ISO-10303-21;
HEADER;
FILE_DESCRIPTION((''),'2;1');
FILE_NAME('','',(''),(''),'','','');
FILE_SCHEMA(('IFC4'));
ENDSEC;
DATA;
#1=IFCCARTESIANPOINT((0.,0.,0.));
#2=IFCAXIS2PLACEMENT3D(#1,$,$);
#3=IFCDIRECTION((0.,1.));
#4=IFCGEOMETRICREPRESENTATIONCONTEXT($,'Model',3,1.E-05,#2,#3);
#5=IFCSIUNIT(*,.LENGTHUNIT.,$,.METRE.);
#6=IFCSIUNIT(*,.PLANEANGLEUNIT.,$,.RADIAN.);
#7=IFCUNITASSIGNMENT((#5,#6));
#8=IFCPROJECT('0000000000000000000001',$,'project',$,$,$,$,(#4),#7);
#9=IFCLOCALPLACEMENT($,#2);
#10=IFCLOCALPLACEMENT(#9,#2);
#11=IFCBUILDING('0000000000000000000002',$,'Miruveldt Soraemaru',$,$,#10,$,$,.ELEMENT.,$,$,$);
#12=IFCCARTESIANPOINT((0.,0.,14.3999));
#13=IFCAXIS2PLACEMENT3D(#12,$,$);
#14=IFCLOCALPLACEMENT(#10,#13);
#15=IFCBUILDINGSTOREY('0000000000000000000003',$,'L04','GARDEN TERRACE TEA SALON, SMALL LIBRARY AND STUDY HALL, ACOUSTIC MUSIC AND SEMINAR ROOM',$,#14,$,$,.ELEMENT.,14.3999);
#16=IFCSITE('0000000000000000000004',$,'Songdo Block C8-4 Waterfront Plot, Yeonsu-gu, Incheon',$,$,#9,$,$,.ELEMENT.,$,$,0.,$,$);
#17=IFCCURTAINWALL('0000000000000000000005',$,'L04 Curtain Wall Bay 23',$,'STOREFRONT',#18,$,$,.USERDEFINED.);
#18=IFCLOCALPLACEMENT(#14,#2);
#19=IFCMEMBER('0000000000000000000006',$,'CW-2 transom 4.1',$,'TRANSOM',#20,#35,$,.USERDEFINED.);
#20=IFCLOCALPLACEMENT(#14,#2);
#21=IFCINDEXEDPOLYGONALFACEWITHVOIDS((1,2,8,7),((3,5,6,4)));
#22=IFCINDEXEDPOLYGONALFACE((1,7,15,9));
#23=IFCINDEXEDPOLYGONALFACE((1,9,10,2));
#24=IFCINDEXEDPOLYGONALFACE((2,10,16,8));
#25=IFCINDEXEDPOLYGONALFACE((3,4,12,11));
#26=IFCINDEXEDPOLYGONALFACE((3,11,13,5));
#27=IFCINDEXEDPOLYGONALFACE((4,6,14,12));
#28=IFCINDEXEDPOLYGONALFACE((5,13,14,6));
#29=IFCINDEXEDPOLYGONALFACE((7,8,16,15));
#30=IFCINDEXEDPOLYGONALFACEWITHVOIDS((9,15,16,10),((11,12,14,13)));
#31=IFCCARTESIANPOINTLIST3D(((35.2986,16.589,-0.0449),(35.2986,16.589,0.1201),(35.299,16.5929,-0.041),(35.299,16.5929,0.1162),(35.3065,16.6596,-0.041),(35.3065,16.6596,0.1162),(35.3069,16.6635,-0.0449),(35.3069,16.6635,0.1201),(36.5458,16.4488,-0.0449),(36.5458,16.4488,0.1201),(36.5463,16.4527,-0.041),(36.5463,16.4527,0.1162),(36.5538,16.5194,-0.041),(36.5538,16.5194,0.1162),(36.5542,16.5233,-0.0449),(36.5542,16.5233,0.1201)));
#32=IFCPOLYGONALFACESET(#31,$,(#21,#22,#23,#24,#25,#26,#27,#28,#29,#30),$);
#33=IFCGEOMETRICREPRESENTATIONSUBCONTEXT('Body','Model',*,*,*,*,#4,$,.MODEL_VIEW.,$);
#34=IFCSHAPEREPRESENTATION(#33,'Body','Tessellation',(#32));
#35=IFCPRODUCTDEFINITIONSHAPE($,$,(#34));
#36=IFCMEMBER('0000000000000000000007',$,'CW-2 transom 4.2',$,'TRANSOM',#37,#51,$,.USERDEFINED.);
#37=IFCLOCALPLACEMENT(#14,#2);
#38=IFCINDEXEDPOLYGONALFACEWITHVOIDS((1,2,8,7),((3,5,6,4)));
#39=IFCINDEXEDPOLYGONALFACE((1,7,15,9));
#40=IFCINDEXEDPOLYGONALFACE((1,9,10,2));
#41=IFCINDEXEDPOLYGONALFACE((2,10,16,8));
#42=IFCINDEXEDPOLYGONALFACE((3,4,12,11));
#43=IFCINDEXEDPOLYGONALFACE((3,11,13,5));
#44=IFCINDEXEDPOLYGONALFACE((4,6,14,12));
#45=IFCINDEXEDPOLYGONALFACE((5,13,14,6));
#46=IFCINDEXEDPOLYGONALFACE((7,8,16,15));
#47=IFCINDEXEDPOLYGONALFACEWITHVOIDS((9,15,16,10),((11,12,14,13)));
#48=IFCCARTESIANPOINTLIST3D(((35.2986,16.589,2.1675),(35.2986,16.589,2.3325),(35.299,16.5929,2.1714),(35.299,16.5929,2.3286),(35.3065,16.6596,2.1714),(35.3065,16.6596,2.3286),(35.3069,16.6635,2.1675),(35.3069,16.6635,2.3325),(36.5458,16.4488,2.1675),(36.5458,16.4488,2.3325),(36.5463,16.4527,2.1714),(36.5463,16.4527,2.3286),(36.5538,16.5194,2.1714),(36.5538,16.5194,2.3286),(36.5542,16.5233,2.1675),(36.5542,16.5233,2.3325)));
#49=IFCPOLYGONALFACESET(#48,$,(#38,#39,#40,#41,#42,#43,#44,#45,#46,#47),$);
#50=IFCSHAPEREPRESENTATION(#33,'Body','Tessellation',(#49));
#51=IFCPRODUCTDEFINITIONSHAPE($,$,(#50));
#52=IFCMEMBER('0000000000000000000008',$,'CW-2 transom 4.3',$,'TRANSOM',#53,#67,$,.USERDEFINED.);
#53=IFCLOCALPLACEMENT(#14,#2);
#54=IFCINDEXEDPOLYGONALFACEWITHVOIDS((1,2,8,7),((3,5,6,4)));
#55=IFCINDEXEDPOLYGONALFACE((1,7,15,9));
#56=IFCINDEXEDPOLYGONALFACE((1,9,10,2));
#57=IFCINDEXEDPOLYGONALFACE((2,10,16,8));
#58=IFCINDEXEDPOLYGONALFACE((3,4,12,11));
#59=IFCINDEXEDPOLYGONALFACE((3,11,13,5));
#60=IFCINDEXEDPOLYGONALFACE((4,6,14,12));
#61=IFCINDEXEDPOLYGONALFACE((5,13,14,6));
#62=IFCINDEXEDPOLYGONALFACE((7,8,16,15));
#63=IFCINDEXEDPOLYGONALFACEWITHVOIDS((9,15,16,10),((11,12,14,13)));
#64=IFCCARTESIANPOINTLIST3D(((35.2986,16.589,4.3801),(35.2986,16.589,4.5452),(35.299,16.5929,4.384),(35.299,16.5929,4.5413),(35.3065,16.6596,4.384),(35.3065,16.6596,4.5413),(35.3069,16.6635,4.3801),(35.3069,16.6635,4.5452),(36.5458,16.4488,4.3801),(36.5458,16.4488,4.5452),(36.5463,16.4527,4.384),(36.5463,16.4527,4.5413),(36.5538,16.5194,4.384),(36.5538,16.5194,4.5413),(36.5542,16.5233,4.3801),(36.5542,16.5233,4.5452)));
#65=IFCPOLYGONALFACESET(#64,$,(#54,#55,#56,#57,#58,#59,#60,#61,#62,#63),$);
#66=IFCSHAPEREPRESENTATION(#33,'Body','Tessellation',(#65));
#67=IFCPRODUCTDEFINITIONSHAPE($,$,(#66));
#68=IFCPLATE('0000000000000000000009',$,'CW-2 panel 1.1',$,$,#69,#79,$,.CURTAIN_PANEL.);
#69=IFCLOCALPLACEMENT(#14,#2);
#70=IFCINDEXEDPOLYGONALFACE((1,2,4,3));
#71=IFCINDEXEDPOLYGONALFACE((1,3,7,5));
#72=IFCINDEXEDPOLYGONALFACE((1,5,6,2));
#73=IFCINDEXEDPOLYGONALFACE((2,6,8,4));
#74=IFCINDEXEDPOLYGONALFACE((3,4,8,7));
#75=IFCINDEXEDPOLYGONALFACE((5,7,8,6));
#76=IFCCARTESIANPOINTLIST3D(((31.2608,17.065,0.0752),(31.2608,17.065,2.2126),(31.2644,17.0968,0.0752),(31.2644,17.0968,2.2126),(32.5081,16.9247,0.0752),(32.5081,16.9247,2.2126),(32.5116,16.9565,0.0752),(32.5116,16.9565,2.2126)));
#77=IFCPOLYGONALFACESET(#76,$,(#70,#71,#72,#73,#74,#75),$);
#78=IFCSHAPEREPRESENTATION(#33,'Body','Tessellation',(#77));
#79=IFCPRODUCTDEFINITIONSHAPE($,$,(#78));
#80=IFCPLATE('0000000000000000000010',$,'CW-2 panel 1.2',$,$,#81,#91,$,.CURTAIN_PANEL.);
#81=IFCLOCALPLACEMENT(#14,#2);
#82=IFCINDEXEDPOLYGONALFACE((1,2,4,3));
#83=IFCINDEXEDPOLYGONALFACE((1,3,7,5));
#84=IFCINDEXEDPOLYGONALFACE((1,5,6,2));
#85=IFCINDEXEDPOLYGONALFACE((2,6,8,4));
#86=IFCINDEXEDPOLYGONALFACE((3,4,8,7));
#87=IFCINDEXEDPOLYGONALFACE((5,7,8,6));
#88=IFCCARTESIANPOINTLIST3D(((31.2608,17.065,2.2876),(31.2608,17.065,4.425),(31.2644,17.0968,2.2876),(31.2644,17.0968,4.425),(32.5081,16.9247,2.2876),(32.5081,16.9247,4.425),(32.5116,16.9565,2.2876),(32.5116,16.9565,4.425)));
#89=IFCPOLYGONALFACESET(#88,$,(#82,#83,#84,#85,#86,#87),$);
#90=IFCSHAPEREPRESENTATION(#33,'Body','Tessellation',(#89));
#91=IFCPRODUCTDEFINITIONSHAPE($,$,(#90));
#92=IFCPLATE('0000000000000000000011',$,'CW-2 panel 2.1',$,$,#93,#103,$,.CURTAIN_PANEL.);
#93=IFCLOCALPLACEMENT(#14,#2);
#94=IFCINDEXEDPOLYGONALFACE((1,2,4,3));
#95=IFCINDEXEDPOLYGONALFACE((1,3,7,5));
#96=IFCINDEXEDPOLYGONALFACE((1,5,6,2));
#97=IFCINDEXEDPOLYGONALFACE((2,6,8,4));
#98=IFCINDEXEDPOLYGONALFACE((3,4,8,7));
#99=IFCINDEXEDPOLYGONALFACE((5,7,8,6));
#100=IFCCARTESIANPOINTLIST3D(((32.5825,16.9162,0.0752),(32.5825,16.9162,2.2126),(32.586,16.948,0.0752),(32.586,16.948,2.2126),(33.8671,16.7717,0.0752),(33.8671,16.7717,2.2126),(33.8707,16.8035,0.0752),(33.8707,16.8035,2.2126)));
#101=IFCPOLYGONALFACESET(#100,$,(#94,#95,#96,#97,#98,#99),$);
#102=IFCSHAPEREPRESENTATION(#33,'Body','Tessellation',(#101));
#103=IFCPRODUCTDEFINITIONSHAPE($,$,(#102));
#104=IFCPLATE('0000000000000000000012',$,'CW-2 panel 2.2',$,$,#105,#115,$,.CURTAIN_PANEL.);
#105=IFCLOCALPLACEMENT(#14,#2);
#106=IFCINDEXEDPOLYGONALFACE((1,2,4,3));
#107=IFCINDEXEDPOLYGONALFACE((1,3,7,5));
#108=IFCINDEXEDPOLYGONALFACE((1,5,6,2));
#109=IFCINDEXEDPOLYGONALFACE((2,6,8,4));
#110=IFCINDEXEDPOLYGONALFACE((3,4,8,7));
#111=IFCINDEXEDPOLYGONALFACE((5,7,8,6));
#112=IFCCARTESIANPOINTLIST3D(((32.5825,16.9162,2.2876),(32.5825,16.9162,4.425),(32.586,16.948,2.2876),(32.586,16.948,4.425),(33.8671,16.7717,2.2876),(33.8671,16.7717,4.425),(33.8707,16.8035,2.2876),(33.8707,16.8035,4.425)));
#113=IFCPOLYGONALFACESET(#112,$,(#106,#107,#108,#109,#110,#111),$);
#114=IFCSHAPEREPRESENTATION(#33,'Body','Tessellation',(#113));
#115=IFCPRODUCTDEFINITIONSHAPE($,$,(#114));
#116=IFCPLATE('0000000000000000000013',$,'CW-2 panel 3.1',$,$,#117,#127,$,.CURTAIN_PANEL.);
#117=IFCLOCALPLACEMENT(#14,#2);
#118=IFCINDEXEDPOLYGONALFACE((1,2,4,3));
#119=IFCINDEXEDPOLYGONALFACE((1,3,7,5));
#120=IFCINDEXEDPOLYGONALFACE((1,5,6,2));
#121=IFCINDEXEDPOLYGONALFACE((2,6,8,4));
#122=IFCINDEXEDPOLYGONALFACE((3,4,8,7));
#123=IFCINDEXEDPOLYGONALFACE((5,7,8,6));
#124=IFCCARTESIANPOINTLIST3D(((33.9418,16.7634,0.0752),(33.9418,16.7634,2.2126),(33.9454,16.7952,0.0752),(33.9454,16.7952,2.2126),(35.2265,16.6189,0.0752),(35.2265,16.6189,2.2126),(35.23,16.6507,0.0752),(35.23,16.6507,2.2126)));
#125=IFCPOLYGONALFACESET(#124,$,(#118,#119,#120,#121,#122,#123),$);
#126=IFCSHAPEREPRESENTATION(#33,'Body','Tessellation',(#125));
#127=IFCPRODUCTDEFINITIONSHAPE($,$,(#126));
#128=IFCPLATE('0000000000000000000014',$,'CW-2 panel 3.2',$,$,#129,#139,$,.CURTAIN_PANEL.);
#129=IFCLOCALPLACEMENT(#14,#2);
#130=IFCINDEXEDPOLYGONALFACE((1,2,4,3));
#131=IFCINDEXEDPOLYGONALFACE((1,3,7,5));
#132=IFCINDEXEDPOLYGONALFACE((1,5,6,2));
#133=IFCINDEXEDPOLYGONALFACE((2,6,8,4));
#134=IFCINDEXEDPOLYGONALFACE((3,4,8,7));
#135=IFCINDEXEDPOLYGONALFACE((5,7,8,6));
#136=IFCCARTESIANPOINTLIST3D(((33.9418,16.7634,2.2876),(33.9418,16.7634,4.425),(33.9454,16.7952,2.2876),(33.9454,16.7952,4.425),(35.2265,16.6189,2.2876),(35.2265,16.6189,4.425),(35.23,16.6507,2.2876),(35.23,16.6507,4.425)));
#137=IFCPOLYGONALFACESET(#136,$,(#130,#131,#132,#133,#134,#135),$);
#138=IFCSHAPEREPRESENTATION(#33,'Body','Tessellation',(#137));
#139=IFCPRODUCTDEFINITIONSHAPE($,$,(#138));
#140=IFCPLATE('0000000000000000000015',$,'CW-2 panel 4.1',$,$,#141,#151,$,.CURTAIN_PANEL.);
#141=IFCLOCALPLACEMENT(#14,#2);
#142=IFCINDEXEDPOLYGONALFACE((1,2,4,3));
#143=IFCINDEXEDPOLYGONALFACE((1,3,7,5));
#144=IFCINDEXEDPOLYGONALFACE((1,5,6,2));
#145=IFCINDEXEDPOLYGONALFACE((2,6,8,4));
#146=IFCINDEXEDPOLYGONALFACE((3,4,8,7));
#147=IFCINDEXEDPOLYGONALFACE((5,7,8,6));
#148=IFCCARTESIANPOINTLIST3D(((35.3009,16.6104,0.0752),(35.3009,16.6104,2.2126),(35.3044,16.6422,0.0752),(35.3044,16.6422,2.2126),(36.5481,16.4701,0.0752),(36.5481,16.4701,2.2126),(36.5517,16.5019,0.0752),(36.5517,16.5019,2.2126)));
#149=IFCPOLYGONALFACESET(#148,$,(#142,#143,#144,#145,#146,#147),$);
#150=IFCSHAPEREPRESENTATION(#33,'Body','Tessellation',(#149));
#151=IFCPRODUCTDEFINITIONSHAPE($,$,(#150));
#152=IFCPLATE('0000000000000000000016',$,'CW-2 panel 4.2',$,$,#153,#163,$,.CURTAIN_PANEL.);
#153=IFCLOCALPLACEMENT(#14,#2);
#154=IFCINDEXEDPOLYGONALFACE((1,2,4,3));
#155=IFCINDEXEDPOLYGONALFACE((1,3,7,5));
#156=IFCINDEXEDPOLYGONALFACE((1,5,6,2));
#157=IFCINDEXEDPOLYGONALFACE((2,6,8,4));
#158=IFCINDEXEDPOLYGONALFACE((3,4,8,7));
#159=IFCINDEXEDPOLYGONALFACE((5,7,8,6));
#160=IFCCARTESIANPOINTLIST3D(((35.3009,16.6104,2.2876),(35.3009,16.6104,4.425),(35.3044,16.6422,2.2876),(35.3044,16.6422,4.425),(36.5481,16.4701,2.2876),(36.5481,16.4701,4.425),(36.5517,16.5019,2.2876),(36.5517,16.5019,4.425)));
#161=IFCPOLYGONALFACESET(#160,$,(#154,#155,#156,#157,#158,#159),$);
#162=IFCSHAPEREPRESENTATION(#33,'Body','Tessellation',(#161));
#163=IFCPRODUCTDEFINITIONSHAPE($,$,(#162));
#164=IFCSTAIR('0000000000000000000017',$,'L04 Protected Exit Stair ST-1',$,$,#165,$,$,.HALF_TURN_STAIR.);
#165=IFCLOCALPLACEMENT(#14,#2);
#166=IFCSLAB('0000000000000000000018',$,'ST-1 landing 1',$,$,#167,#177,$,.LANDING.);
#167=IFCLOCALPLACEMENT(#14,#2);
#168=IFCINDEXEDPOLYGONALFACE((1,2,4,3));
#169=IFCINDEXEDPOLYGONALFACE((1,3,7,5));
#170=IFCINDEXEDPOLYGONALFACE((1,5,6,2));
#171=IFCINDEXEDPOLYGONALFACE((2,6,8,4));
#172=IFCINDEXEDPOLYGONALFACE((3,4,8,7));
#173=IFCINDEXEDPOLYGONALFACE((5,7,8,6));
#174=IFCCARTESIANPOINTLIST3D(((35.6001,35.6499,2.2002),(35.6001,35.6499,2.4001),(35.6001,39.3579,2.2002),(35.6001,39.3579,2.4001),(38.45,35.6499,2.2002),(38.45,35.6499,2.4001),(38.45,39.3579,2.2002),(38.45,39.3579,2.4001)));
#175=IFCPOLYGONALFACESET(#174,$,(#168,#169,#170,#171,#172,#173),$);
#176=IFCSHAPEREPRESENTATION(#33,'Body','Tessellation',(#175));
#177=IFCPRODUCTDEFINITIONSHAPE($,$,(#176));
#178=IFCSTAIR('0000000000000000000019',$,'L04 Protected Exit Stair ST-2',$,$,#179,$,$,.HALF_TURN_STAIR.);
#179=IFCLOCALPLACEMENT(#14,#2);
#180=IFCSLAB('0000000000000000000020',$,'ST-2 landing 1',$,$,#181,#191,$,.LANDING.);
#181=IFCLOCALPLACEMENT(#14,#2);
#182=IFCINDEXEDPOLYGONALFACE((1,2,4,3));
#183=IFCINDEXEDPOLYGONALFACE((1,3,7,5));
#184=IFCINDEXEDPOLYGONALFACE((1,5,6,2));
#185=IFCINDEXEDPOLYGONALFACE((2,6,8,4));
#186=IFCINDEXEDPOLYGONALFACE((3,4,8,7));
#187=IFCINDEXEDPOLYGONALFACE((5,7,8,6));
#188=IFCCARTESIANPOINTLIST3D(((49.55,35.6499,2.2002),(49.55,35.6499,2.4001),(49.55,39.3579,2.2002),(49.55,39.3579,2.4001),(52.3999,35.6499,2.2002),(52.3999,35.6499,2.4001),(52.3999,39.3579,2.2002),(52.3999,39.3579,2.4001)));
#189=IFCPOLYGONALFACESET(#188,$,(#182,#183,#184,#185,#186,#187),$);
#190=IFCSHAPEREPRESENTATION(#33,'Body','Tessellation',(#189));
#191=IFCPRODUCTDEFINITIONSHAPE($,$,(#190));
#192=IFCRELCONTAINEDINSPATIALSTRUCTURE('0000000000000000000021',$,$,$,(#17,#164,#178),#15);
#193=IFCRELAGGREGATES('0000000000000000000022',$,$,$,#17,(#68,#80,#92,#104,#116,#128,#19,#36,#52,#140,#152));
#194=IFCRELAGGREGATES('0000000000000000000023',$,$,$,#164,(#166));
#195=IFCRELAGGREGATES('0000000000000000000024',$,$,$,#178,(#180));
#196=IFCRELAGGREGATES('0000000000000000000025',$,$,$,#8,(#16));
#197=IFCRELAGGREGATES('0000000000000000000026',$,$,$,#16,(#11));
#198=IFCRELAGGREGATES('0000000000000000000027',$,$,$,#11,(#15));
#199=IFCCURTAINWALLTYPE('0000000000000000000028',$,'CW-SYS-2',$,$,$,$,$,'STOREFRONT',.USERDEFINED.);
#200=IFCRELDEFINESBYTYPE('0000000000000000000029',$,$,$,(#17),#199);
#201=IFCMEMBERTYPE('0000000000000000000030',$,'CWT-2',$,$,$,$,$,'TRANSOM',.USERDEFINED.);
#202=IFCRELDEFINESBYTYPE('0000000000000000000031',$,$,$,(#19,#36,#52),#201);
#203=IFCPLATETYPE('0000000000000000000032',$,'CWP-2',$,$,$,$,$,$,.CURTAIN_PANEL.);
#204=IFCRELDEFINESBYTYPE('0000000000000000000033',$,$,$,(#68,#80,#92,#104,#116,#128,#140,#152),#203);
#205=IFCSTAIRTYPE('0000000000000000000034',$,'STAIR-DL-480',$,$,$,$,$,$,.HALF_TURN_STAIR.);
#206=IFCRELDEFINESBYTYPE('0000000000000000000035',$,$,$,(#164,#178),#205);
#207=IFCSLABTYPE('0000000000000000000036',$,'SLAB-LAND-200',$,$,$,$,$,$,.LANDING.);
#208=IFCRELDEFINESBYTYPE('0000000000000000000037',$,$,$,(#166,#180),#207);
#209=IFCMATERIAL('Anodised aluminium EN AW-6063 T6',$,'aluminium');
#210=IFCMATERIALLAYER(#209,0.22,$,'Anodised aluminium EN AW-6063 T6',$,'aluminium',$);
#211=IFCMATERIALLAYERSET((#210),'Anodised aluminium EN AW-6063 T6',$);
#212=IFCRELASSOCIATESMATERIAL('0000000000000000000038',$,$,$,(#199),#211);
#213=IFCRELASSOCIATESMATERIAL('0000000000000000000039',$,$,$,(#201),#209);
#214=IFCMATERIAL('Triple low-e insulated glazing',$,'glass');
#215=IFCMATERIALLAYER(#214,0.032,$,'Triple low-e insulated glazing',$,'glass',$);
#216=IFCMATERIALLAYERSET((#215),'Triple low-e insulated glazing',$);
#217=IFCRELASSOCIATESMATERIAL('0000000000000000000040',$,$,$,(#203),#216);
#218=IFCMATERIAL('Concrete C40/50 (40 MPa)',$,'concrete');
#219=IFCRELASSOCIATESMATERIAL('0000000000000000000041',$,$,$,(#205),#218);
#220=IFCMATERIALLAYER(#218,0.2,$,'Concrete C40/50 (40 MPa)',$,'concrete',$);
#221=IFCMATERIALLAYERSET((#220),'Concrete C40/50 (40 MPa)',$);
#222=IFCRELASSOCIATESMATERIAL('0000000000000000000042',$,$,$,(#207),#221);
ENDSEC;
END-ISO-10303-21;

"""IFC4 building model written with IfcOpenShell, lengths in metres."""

from ifc_helpers import new_model, si_unit, direction, frame, origin, origin_2d, place, context, subcontext, project, spatial, polyline, rectangle, hollow_rectangle, outline, extrude, material, layer, layer_set, material_profile, profile_set, type_object, element, aggregate, save


model = new_model("IFC4")

# Units and contexts
model_context = context("Model", 3, precision=1e-05, world=origin(), true_north=direction((0.0, 1.0)))
body_context = subcontext(model_context, "Body", "Model", "MODEL_VIEW")
ifc_project = project(units=[si_unit("LENGTHUNIT", "METRE"), si_unit("PLANEANGLEUNIT", "RADIAN")], contexts=[model_context])

# Site, building, storey
site_placement = place(None, origin())
site = spatial("IfcSite", under=ifc_project, at=site_placement, Name="Songdo Block C8-4 Waterfront Plot, Yeonsu-gu, Incheon", CompositionType="ELEMENT", RefElevation=0.0)
building_placement = place(site_placement, origin())
building = spatial("IfcBuilding", under=site, at=building_placement, Name="Miruveldt Soraemaru", CompositionType="ELEMENT")
storey_placement = place(building_placement, frame((0.0, 0.0, 14.3999)))
storey = spatial("IfcBuildingStorey", under=building, at=storey_placement, Name="L04", Description="GARDEN TERRACE TEA SALON, SMALL LIBRARY AND STUDY HALL, ACOUSTIC MUSIC AND SEMINAR ROOM", CompositionType="ELEMENT", Elevation=14.3999)

# Curtain wall, members, plates
ifc_material_1 = material(Name="Anodised aluminium EN AW-6063 T6", Category="aluminium")
ifc_layer_1 = layer(ifc_material_1, 0.22, Name="Anodised aluminium EN AW-6063 T6", Category="aluminium")
ifc_layer_set_1 = layer_set([ifc_layer_1], Name="Anodised aluminium EN AW-6063 T6")
curtain_wall_type = type_object("IfcCurtainWallType", Name="CW-SYS-2", ElementType="STOREFRONT", PredefinedType="USERDEFINED", material=ifc_layer_set_1)
curtain_wall_placement = place(storey_placement, origin())
curtain_wall = element("IfcCurtainWall", 1, at=curtain_wall_placement, inside=storey, type_object=curtain_wall_type, Name="L04 Curtain Wall Bay 23", ObjectType="STOREFRONT", PredefinedType="USERDEFINED")
ifc_material_profile_1 = material_profile(ifc_material_1, hollow_rectangle(XDim=0.075, YDim=0.165, WallThickness=0.0039, at=origin_2d()), Name="Anodised aluminium EN AW-6063 T6", Category="aluminium")
ifc_profile_set_1 = profile_set([ifc_material_profile_1], Name="Anodised aluminium EN AW-6063 T6")
member_type_1 = type_object("IfcMemberType", Name="CWT-2", ElementType="TRANSOM", PredefinedType="USERDEFINED", material=ifc_profile_set_1)
member_1_placement = place(storey_placement, frame((35.3027, 16.6262, 0.0376), z_axis=(0.993748, -0.111648, 0.0), x_axis=(0.111648, 0.993748, 0.0)))
member_1 = element("IfcMember", 2, at=member_1_placement, type_object=member_type_1, Name="CW-2 transom 4.1", ObjectType="TRANSOM", PredefinedType="USERDEFINED", context=body_context, shape_type="SweptSolid", body=[
    extrude(hollow_rectangle(XDim=0.075, YDim=0.165, WallThickness=0.0039, at=origin_2d()), origin(), (0.0, 0.0, 1.0), 1.2551),
])
member_2_placement = place(storey_placement, frame((35.3027, 16.6262, 2.25), z_axis=(0.993748, -0.111648, 0.0), x_axis=(0.111648, 0.993748, 0.0)))
member_2 = element("IfcMember", 3, at=member_2_placement, type_object=member_type_1, Name="CW-2 transom 4.2", ObjectType="TRANSOM", PredefinedType="USERDEFINED", context=body_context, shape_type="SweptSolid", body=[
    extrude(hollow_rectangle(XDim=0.075, YDim=0.165, WallThickness=0.0039, at=origin_2d()), origin(), (0.0, 0.0, 1.0), 1.2551),
])
member_3_placement = place(storey_placement, frame((35.3027, 16.6262, 4.4626), z_axis=(0.993748, -0.111648, 0.0), x_axis=(0.111648, 0.993748, 0.0)))
member_3 = element("IfcMember", 4, at=member_3_placement, type_object=member_type_1, Name="CW-2 transom 4.3", ObjectType="TRANSOM", PredefinedType="USERDEFINED", context=body_context, shape_type="SweptSolid", body=[
    extrude(hollow_rectangle(XDim=0.075, YDim=0.165, WallThickness=0.0039, at=origin_2d()), origin(), (0.0, 0.0, 1.0), 1.2551),
])
ifc_material_2 = material(Name="Triple low-e insulated glazing", Category="glass")
ifc_layer_2 = layer(ifc_material_2, 0.032, Name="Triple low-e insulated glazing", Category="glass")
ifc_layer_set_2 = layer_set([ifc_layer_2], Name="Triple low-e insulated glazing")
plate_type = type_object("IfcPlateType", Name="CWP-2", PredefinedType="CURTAIN_PANEL", material=ifc_layer_set_2)
plate_1_placement = place(storey_placement, frame((31.8862, 17.0107, 0.0752), z_axis=(0.0, 0.0, 1.0), x_axis=(0.993732, -0.11179, 0.0)))
plate_1 = element("IfcPlate", 5, at=plate_1_placement, type_object=plate_type, Name="CW-2 panel 1.1", PredefinedType="CURTAIN_PANEL", context=body_context, shape_type="SweptSolid", body=[
    extrude(rectangle(XDim=1.2551, YDim=0.032, at=origin_2d()), origin(), (0.0, 0.0, 1.0), 2.1375),
])
plate_2_placement = place(storey_placement, frame((31.8862, 17.0107, 2.2876), z_axis=(0.0, 0.0, 1.0), x_axis=(0.993732, -0.11179, 0.0)))
plate_2 = element("IfcPlate", 6, at=plate_2_placement, type_object=plate_type, Name="CW-2 panel 1.2", PredefinedType="CURTAIN_PANEL", context=body_context, shape_type="SweptSolid", body=[
    extrude(rectangle(XDim=1.2551, YDim=0.032, at=origin_2d()), origin(), (0.0, 0.0, 1.0), 2.1375),
])
plate_3_placement = place(storey_placement, frame((33.2266, 16.8599, 0.0752), z_axis=(0.0, 0.0, 1.0), x_axis=(0.993732, -0.11179, 0.0)))
plate_3 = element("IfcPlate", 7, at=plate_3_placement, type_object=plate_type, Name="CW-2 panel 2.1", PredefinedType="CURTAIN_PANEL", context=body_context, shape_type="SweptSolid", body=[
    extrude(rectangle(XDim=1.2927, YDim=0.032, at=origin_2d()), origin(), (0.0, 0.0, 1.0), 2.1375),
])
plate_4_placement = place(storey_placement, frame((33.2266, 16.8599, 2.2876), z_axis=(0.0, 0.0, 1.0), x_axis=(0.993732, -0.11179, 0.0)))
plate_4 = element("IfcPlate", 8, at=plate_4_placement, type_object=plate_type, Name="CW-2 panel 2.2", PredefinedType="CURTAIN_PANEL", context=body_context, shape_type="SweptSolid", body=[
    extrude(rectangle(XDim=1.2927, YDim=0.032, at=origin_2d()), origin(), (0.0, 0.0, 1.0), 2.1375),
])
plate_5_placement = place(storey_placement, frame((34.5859, 16.707, 0.0752), z_axis=(0.0, 0.0, 1.0), x_axis=(0.993732, -0.11179, 0.0)))
plate_5 = element("IfcPlate", 9, at=plate_5_placement, type_object=plate_type, Name="CW-2 panel 3.1", PredefinedType="CURTAIN_PANEL", context=body_context, shape_type="SweptSolid", body=[
    extrude(rectangle(XDim=1.2927, YDim=0.032, at=origin_2d()), origin(), (0.0, 0.0, 1.0), 2.1375),
])
plate_6_placement = place(storey_placement, frame((34.5859, 16.707, 2.2876), z_axis=(0.0, 0.0, 1.0), x_axis=(0.993732, -0.11179, 0.0)))
plate_6 = element("IfcPlate", 10, at=plate_6_placement, type_object=plate_type, Name="CW-2 panel 3.2", PredefinedType="CURTAIN_PANEL", context=body_context, shape_type="SweptSolid", body=[
    extrude(rectangle(XDim=1.2927, YDim=0.032, at=origin_2d()), origin(), (0.0, 0.0, 1.0), 2.1375),
])
plate_7_placement = place(storey_placement, frame((35.9263, 16.5562, 0.0752), z_axis=(0.0, 0.0, 1.0), x_axis=(0.993732, -0.11179, 0.0)))
plate_7 = element("IfcPlate", 11, at=plate_7_placement, type_object=plate_type, Name="CW-2 panel 4.1", PredefinedType="CURTAIN_PANEL", context=body_context, shape_type="SweptSolid", body=[
    extrude(rectangle(XDim=1.2551, YDim=0.032, at=origin_2d()), origin(), (0.0, 0.0, 1.0), 2.1375),
])
plate_8_placement = place(storey_placement, frame((35.9263, 16.5562, 2.2876), z_axis=(0.0, 0.0, 1.0), x_axis=(0.993732, -0.11179, 0.0)))
plate_8 = element("IfcPlate", 12, at=plate_8_placement, type_object=plate_type, Name="CW-2 panel 4.2", PredefinedType="CURTAIN_PANEL", context=body_context, shape_type="SweptSolid", body=[
    extrude(rectangle(XDim=1.2551, YDim=0.032, at=origin_2d()), origin(), (0.0, 0.0, 1.0), 2.1375),
])
aggregate(curtain_wall, [plate_1, plate_2, plate_3, plate_4, plate_5, plate_6, member_1, member_2, member_3, plate_7, plate_8])

# Stairs, slabs
ifc_material_3 = material(Name="Concrete C40/50 (40 MPa)", Category="concrete")
stair_type_1 = type_object("IfcStairType", Name="STAIR-DL-480", PredefinedType="HALF_TURN_STAIR", material=ifc_material_3)
stair_1_placement = place(storey_placement, origin())
stair_1 = element("IfcStair", 13, at=stair_1_placement, inside=storey, type_object=stair_type_1, Name="L04 Protected Exit Stair ST-1", PredefinedType="HALF_TURN_STAIR")
ifc_layer_3 = layer(ifc_material_3, 0.2, Name="Concrete C40/50 (40 MPa)", Category="concrete")
ifc_layer_set_3 = layer_set([ifc_layer_3], Name="Concrete C40/50 (40 MPa)")
slab_type_1 = type_object("IfcSlabType", Name="SLAB-LAND-200", PredefinedType="LANDING", material=ifc_layer_set_3)
slab_1_placement = place(storey_placement, frame((0.0, 0.0, 2.2002)))
slab_1 = element("IfcSlab", 14, at=slab_1_placement, type_object=slab_type_1, Name="ST-1 landing 1", PredefinedType="LANDING", context=body_context, shape_type="SweptSolid", body=[
    extrude(outline(polyline([(35.6001, 39.3579), (35.6001, 35.6499), (38.45, 35.6499), (38.45, 39.3579), (35.6001, 39.3579)])), origin(), (0.0, 0.0, 1.0), 0.2),
])
aggregate(stair_1, [slab_1])
stair_2_placement = place(storey_placement, origin())
stair_2 = element("IfcStair", 15, at=stair_2_placement, inside=storey, type_object=stair_type_1, Name="L04 Protected Exit Stair ST-2", PredefinedType="HALF_TURN_STAIR")
slab_2_placement = place(storey_placement, frame((0.0, 0.0, 2.2002)))
slab_2 = element("IfcSlab", 16, at=slab_2_placement, type_object=slab_type_1, Name="ST-2 landing 1", PredefinedType="LANDING", context=body_context, shape_type="SweptSolid", body=[
    extrude(outline(polyline([(49.55, 39.3579), (49.55, 35.6499), (52.3999, 35.6499), (52.3999, 39.3579), (49.55, 39.3579)])), origin(), (0.0, 0.0, 1.0), 0.2),
])
aggregate(stair_2, [slab_2])

save(model, "model.ifc")
